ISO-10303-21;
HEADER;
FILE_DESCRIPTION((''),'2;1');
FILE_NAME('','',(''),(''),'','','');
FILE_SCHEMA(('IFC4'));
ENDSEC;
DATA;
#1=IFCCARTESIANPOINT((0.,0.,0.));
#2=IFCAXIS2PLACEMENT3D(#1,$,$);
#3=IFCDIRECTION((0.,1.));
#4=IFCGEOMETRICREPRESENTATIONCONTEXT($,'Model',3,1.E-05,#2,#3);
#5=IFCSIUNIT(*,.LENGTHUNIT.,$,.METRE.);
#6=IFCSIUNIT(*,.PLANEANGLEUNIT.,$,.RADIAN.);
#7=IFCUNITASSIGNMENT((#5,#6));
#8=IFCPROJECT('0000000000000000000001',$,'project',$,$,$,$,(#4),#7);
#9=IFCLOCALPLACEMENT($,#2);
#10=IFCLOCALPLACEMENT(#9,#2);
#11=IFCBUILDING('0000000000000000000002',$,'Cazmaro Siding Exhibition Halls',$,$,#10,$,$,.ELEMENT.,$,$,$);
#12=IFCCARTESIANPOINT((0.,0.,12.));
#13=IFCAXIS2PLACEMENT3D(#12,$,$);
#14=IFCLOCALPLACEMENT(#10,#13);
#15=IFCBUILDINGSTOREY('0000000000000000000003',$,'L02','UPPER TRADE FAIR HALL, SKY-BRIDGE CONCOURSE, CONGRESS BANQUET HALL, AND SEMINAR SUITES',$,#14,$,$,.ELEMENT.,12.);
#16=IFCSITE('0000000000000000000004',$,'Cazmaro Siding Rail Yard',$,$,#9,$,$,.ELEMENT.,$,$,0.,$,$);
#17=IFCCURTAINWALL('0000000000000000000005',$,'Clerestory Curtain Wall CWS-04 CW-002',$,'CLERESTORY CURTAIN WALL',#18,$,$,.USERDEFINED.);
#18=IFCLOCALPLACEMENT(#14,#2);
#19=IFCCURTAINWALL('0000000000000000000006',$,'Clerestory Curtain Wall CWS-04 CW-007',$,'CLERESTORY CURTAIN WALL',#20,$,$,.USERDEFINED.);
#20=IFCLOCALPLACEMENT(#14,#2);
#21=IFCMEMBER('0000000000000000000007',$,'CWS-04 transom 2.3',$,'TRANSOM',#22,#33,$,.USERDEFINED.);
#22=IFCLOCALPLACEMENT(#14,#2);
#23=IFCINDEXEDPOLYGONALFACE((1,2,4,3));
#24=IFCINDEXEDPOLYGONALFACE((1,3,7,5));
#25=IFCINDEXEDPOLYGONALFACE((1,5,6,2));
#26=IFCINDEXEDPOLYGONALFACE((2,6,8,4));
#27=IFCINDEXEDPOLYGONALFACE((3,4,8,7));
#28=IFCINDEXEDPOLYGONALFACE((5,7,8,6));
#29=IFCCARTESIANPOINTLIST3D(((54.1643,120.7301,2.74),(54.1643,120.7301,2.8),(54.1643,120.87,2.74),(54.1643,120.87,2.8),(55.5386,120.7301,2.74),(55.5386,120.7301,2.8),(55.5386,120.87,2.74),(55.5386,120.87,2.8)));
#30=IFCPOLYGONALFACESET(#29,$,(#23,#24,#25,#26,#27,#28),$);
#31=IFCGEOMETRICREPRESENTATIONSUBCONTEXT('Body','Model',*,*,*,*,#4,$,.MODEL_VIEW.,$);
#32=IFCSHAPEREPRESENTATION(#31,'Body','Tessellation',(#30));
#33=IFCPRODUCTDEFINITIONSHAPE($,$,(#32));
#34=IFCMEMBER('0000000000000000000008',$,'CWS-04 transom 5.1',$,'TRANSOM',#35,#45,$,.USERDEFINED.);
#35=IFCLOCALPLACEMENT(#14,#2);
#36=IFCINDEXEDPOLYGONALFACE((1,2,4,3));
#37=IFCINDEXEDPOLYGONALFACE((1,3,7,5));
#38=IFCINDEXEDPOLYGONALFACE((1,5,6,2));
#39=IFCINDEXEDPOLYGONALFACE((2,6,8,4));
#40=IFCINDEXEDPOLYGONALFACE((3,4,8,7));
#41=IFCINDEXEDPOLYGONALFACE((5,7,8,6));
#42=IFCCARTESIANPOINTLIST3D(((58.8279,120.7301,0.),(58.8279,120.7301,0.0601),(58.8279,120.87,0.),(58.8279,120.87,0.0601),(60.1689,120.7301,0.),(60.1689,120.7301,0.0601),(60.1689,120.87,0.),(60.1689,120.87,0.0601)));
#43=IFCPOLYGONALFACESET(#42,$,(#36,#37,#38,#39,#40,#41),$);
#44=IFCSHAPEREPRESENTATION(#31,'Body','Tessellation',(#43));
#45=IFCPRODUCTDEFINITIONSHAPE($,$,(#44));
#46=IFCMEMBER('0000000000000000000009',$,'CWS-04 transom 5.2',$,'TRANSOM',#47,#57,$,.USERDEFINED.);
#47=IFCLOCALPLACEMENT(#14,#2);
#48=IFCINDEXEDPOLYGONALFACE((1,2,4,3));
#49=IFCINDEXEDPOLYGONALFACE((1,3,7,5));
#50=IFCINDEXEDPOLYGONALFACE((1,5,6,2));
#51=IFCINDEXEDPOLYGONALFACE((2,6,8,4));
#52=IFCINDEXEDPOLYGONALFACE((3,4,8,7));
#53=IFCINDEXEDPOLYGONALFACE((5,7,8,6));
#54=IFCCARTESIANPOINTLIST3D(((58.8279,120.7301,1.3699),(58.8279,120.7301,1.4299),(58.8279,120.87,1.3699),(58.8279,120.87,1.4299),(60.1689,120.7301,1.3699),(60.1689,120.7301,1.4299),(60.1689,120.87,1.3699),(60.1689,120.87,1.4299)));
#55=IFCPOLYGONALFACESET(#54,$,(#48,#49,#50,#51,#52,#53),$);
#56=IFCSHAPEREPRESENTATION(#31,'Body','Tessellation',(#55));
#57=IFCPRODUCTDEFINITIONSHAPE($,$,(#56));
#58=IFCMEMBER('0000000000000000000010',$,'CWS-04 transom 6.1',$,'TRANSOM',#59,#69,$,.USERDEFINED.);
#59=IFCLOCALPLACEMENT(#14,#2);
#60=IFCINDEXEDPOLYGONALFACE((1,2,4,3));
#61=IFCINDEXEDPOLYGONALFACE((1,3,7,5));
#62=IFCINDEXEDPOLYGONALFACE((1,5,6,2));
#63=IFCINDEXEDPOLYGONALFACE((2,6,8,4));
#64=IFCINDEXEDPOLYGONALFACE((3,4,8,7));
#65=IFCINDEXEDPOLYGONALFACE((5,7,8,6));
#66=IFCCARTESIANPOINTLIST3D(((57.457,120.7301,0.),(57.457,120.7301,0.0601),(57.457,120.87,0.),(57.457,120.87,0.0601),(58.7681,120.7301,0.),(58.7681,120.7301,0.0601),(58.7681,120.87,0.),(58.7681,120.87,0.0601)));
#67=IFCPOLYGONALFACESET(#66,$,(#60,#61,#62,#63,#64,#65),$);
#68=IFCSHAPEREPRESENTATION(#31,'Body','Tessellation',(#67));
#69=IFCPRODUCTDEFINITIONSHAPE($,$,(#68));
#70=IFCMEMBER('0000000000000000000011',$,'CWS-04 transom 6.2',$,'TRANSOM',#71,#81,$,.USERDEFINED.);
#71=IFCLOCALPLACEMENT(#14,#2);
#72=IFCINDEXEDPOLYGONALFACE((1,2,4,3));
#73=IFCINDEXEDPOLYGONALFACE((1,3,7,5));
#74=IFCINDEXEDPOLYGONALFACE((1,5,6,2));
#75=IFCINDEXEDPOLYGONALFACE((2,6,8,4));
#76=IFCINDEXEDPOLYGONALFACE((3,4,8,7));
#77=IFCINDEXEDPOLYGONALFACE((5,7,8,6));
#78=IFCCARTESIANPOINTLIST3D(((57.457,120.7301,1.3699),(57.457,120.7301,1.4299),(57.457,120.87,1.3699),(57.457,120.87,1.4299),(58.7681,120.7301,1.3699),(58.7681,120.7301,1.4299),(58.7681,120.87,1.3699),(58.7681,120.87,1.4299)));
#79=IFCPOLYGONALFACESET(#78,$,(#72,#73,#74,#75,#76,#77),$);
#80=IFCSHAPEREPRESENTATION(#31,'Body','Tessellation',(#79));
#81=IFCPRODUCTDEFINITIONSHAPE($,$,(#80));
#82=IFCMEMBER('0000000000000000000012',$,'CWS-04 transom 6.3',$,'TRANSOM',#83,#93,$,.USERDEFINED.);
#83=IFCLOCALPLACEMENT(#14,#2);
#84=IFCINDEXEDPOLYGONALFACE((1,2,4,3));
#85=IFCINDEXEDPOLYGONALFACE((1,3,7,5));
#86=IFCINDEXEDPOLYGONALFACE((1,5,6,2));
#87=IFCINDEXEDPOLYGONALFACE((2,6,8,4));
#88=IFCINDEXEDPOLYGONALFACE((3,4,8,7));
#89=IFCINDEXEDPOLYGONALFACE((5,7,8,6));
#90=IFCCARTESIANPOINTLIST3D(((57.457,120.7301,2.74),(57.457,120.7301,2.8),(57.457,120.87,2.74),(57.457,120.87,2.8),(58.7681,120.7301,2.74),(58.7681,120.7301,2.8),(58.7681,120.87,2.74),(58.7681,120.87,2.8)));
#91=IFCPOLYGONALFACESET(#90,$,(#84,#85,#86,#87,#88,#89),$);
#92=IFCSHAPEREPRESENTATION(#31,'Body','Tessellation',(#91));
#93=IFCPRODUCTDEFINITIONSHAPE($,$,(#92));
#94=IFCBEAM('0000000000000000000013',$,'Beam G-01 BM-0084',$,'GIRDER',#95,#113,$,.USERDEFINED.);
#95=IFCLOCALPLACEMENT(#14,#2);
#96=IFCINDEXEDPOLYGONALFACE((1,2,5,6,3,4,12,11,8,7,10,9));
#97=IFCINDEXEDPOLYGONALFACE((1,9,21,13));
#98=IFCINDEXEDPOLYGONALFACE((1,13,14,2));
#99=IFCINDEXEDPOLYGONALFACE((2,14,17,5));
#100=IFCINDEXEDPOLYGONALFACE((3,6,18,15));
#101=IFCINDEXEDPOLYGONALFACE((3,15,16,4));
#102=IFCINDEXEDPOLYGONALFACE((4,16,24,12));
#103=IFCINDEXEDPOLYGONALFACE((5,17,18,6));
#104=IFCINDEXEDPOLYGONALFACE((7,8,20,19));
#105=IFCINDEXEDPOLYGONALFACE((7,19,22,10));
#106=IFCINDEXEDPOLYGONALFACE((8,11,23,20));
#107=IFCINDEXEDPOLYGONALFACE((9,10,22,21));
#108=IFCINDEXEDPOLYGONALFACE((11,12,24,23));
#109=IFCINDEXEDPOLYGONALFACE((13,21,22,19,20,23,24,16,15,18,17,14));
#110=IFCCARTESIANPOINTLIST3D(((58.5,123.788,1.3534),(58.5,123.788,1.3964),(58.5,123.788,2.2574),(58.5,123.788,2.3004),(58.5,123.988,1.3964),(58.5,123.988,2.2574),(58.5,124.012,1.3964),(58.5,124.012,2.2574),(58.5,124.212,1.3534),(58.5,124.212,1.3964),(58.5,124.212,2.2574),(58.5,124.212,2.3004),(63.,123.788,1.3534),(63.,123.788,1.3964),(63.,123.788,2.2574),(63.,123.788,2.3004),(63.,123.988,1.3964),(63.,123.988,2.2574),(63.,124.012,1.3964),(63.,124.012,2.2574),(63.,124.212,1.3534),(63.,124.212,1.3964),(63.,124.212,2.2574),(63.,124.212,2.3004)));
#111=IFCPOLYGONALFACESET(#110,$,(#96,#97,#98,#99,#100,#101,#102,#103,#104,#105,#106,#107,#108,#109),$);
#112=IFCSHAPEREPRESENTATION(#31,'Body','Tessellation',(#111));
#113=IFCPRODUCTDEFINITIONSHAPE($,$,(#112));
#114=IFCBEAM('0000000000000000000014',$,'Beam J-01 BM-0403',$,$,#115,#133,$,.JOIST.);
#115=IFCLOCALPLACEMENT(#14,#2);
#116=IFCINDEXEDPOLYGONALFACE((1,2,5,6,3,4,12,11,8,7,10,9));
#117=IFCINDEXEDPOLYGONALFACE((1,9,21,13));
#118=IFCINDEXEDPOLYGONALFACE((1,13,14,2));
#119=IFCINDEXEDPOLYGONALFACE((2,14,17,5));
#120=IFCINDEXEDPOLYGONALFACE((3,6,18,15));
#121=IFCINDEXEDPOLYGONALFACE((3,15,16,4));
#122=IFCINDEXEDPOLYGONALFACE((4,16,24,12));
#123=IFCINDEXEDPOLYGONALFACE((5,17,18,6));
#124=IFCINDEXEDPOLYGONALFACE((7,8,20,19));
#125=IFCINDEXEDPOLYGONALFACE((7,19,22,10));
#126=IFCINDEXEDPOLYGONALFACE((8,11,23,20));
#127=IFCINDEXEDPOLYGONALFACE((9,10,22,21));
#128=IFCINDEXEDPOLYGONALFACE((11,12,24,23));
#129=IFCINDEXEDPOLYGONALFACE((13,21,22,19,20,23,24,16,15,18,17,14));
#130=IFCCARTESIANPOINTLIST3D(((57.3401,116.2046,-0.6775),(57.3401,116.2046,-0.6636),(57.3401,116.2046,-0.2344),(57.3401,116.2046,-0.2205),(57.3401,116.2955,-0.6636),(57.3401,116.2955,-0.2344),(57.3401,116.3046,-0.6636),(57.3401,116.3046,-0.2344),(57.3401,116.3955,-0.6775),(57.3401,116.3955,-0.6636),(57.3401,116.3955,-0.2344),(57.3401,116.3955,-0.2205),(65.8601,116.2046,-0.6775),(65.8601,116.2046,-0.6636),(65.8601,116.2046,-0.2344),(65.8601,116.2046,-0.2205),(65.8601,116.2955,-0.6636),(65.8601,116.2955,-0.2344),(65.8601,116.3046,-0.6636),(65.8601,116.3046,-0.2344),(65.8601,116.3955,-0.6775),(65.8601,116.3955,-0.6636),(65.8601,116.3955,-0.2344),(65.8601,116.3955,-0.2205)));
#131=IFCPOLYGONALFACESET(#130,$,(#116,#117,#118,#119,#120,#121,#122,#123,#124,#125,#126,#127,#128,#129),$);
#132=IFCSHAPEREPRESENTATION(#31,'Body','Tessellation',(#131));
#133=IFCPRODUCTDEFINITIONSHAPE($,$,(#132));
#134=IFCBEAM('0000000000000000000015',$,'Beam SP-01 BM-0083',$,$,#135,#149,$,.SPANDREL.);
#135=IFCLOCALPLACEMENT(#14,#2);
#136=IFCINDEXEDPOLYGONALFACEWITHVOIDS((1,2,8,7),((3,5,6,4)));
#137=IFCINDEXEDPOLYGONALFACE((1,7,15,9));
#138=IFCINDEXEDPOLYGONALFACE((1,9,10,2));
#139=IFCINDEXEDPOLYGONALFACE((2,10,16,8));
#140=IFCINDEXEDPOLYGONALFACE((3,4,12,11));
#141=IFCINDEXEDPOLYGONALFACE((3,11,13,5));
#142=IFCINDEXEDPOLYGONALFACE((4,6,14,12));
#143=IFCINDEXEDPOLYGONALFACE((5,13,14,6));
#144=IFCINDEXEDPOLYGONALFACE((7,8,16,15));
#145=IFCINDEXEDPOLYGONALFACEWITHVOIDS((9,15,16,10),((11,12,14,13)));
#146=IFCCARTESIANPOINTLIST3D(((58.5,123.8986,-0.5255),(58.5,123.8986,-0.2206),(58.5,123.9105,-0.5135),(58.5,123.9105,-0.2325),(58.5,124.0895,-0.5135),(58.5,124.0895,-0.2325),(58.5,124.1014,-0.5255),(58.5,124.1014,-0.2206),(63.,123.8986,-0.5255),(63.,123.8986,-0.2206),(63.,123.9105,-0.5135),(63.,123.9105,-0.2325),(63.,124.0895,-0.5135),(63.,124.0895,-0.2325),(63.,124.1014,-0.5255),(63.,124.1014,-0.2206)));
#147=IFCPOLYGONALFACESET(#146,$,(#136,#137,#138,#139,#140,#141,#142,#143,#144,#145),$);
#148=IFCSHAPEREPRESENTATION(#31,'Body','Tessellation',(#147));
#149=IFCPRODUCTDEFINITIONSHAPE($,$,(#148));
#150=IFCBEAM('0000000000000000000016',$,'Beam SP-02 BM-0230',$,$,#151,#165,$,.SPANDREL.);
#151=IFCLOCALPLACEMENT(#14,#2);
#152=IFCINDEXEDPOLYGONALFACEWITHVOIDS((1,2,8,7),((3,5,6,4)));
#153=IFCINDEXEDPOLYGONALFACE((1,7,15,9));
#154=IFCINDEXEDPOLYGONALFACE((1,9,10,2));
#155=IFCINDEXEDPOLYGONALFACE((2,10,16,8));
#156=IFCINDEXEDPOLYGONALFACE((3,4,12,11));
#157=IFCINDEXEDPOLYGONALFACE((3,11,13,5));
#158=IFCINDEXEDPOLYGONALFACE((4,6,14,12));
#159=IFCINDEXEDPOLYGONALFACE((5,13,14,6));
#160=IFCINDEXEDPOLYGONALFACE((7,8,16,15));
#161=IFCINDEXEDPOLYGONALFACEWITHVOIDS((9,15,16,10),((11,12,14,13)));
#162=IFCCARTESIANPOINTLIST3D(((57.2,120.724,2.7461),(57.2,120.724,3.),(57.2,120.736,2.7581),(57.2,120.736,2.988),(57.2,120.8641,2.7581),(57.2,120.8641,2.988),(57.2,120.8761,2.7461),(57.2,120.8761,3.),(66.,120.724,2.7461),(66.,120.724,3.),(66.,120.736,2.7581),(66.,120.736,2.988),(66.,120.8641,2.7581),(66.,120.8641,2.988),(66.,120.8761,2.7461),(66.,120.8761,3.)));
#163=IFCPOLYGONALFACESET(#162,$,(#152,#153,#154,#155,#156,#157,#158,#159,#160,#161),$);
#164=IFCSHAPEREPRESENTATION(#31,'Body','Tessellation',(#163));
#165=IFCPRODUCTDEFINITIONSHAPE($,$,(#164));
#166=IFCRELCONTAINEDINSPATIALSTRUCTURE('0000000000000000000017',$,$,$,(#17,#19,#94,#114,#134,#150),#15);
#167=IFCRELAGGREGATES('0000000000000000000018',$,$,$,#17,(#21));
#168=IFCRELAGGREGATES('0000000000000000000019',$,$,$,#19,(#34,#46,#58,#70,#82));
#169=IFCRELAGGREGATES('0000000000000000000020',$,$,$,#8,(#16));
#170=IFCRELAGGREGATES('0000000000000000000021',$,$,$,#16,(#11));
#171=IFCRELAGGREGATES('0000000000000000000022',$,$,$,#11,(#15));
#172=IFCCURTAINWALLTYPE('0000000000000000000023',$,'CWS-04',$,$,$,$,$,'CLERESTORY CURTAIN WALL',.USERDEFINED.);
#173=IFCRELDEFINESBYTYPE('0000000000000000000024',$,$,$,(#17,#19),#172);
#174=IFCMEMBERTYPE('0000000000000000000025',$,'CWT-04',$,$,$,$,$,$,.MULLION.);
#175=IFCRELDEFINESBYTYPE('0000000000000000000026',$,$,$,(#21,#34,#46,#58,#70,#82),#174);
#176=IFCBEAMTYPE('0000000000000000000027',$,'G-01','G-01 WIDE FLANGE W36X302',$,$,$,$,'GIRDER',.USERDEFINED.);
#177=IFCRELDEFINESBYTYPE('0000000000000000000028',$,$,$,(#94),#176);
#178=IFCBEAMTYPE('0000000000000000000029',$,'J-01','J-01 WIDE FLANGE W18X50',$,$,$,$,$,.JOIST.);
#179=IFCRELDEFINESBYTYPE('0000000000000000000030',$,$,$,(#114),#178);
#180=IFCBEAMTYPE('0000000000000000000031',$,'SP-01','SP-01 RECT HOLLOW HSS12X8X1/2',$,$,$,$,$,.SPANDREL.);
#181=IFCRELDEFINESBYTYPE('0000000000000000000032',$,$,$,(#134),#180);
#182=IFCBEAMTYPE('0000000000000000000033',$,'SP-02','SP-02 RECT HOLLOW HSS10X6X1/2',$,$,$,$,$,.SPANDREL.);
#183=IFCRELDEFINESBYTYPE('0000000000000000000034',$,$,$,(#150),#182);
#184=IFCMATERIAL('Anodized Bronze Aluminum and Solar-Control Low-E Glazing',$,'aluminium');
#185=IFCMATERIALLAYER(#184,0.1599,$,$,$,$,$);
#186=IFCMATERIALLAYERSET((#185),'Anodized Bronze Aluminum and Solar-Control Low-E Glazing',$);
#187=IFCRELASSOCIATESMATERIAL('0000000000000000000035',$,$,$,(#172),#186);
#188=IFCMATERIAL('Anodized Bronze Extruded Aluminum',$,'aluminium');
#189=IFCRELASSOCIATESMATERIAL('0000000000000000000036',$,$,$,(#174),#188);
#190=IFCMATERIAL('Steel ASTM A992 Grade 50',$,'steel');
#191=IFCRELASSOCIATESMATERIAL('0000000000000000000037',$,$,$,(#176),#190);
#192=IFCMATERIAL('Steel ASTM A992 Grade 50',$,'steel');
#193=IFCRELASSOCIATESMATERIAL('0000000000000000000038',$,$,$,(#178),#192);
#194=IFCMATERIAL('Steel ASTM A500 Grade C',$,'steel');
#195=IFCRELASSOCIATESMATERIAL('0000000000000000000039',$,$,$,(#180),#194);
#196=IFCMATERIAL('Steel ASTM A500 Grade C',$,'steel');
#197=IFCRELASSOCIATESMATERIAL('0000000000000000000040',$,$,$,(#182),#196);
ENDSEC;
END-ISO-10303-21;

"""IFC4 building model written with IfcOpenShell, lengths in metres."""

from ifc_helpers import new_model, si_unit, direction, frame, origin, origin_2d, place, context, subcontext, project, spatial, rectangle, hollow_rectangle, i_section, extrude, material, layer, layer_set, material_profile, profile_set, type_object, element, aggregate, save


model = new_model("IFC4")

# Units and contexts
model_context = context("Model", 3, precision=1e-05, world=origin(), true_north=direction((0.0, 1.0)))
body_context = subcontext(model_context, "Body", "Model", "MODEL_VIEW")
ifc_project = project(units=[si_unit("LENGTHUNIT", "METRE"), si_unit("PLANEANGLEUNIT", "RADIAN")], contexts=[model_context])

# Site, building, storey
site_placement = place(None, origin())
site = spatial("IfcSite", under=ifc_project, at=site_placement, Name="Cazmaro Siding Rail Yard", CompositionType="ELEMENT", RefElevation=0.0)
building_placement = place(site_placement, origin())
building = spatial("IfcBuilding", under=site, at=building_placement, Name="Cazmaro Siding Exhibition Halls", CompositionType="ELEMENT")
storey_placement = place(building_placement, frame((0.0, 0.0, 12.0)))
storey = spatial("IfcBuildingStorey", under=building, at=storey_placement, Name="L02", Description="UPPER TRADE FAIR HALL, SKY-BRIDGE CONCOURSE, CONGRESS BANQUET HALL, AND SEMINAR SUITES", CompositionType="ELEMENT", Elevation=12.0)

# Curtain walls
ifc_material_1 = material(Name="Anodized Bronze Aluminum and Solar-Control Low-E Glazing", Category="aluminium")
ifc_layer_1 = layer(ifc_material_1, 0.1599)
ifc_layer_set_1 = layer_set([ifc_layer_1], Name="Anodized Bronze Aluminum and Solar-Control Low-E Glazing")
curtain_wall_type = type_object("IfcCurtainWallType", Name="CWS-04", ElementType="CLERESTORY CURTAIN WALL", PredefinedType="USERDEFINED", material=ifc_layer_set_1)
curtain_wall_1_placement = place(storey_placement, origin())
curtain_wall_1 = element("IfcCurtainWall", 1, at=curtain_wall_1_placement, inside=storey, type_object=curtain_wall_type, Name="Clerestory Curtain Wall CWS-04 CW-002", ObjectType="CLERESTORY CURTAIN WALL", PredefinedType="USERDEFINED")
curtain_wall_2_placement = place(storey_placement, origin())
curtain_wall_2 = element("IfcCurtainWall", 2, at=curtain_wall_2_placement, inside=storey, type_object=curtain_wall_type, Name="Clerestory Curtain Wall CWS-04 CW-007", ObjectType="CLERESTORY CURTAIN WALL", PredefinedType="USERDEFINED")

# Members
ifc_material_2 = material(Name="Anodized Bronze Extruded Aluminum", Category="aluminium")
ifc_material_profile_1 = material_profile(ifc_material_2, rectangle(XDim=0.1399, YDim=0.0601, at=origin_2d()), Name="CWT-04")
ifc_profile_set_1 = profile_set([ifc_material_profile_1], Name="Anodized Bronze Extruded Aluminum")
member_type_1 = type_object("IfcMemberType", Name="CWT-04", PredefinedType="MULLION", material=ifc_profile_set_1)
member_1_placement = place(storey_placement, frame((55.5386, 120.8, 2.77), z_axis=(-1.0, 0.0, 0.0), x_axis=(0.0, -1.0, 0.0)))
member_1 = element("IfcMember", 3, at=member_1_placement, type_object=member_type_1, Name="CWS-04 transom 2.3", ObjectType="TRANSOM", PredefinedType="USERDEFINED", context=body_context, shape_type="SweptSolid", body=[
    extrude(rectangle(XDim=0.1399, YDim=0.0601, at=origin_2d()), origin(), (0.0, 0.0, 1.0), 1.3743),
])
member_2_placement = place(storey_placement, frame((60.1689, 120.8, 0.03), z_axis=(-1.0, 0.0, 0.0), x_axis=(0.0, -1.0, 0.0)))
member_2 = element("IfcMember", 4, at=member_2_placement, type_object=member_type_1, Name="CWS-04 transom 5.1", ObjectType="TRANSOM", PredefinedType="USERDEFINED", context=body_context, shape_type="SweptSolid", body=[
    extrude(rectangle(XDim=0.1399, YDim=0.0601, at=origin_2d()), origin(), (0.0, 0.0, 1.0), 1.3411),
])
member_3_placement = place(storey_placement, frame((60.1689, 120.8, 1.3999), z_axis=(-1.0, 0.0, 0.0), x_axis=(0.0, -1.0, 0.0)))
member_3 = element("IfcMember", 5, at=member_3_placement, type_object=member_type_1, Name="CWS-04 transom 5.2", ObjectType="TRANSOM", PredefinedType="USERDEFINED", context=body_context, shape_type="SweptSolid", body=[
    extrude(rectangle(XDim=0.1399, YDim=0.0601, at=origin_2d()), origin(), (0.0, 0.0, 1.0), 1.3411),
])
member_4_placement = place(storey_placement, frame((58.7681, 120.8, 0.03), z_axis=(-1.0, 0.0, 0.0), x_axis=(0.0, -1.0, 0.0)))
member_4 = element("IfcMember", 6, at=member_4_placement, type_object=member_type_1, Name="CWS-04 transom 6.1", ObjectType="TRANSOM", PredefinedType="USERDEFINED", context=body_context, shape_type="SweptSolid", body=[
    extrude(rectangle(XDim=0.1399, YDim=0.0601, at=origin_2d()), origin(), (0.0, 0.0, 1.0), 1.311),
])
member_5_placement = place(storey_placement, frame((58.7681, 120.8, 1.3999), z_axis=(-1.0, 0.0, 0.0), x_axis=(0.0, -1.0, 0.0)))
member_5 = element("IfcMember", 7, at=member_5_placement, type_object=member_type_1, Name="CWS-04 transom 6.2", ObjectType="TRANSOM", PredefinedType="USERDEFINED", context=body_context, shape_type="SweptSolid", body=[
    extrude(rectangle(XDim=0.1399, YDim=0.0601, at=origin_2d()), origin(), (0.0, 0.0, 1.0), 1.311),
])
member_6_placement = place(storey_placement, frame((58.7681, 120.8, 2.77), z_axis=(-1.0, 0.0, 0.0), x_axis=(0.0, -1.0, 0.0)))
member_6 = element("IfcMember", 8, at=member_6_placement, type_object=member_type_1, Name="CWS-04 transom 6.3", ObjectType="TRANSOM", PredefinedType="USERDEFINED", context=body_context, shape_type="SweptSolid", body=[
    extrude(rectangle(XDim=0.1399, YDim=0.0601, at=origin_2d()), origin(), (0.0, 0.0, 1.0), 1.311),
])

# Beams
ifc_material_3 = material(Name="Steel ASTM A992 Grade 50", Category="steel")
ifc_material_profile_2 = material_profile(ifc_material_3, i_section(OverallWidth=0.4241, OverallDepth=0.947, WebThickness=0.0239, FlangeThickness=0.043, at=origin_2d()), Name="W36X302")
ifc_profile_set_2 = profile_set([ifc_material_profile_2], Name="Steel ASTM A992 Grade 50")
beam_type_1 = type_object("IfcBeamType", Name="G-01", Description="G-01 WIDE FLANGE W36X302", ElementType="GIRDER", PredefinedType="USERDEFINED", material=ifc_profile_set_2)
beam_1_placement = place(storey_placement, frame((58.5, 124.0, 1.8269), z_axis=(1.0, 0.0, 0.0), x_axis=(0.0, 1.0, 0.0)))
element("IfcBeam", 9, at=beam_1_placement, inside=storey, type_object=beam_type_1, Name="Beam G-01 BM-0084", ObjectType="GIRDER", PredefinedType="USERDEFINED", context=body_context, shape_type="SweptSolid", body=[
    extrude(i_section(OverallWidth=0.4241, OverallDepth=0.947, WebThickness=0.0239, FlangeThickness=0.043, at=origin_2d()), origin(), (0.0, 0.0, 1.0), 4.5),
])
ifc_material_4 = material(Name="Steel ASTM A992 Grade 50", Category="steel")
ifc_material_profile_3 = material_profile(ifc_material_4, i_section(OverallWidth=0.1909, OverallDepth=0.457, WebThickness=0.009, FlangeThickness=0.0139, at=origin_2d()), Name="W18X50")
ifc_profile_set_3 = profile_set([ifc_material_profile_3], Name="Steel ASTM A992 Grade 50")
beam_type_2 = type_object("IfcBeamType", Name="J-01", Description="J-01 WIDE FLANGE W18X50", PredefinedType="JOIST", material=ifc_profile_set_3)
beam_2_placement = place(storey_placement, frame((57.3401, 116.3, -0.449), z_axis=(1.0, 0.0, 0.0), x_axis=(0.0, 1.0, 0.0)))
element("IfcBeam", 10, at=beam_2_placement, inside=storey, type_object=beam_type_2, Name="Beam J-01 BM-0403", PredefinedType="JOIST", context=body_context, shape_type="SweptSolid", body=[
    extrude(i_section(OverallWidth=0.1909, OverallDepth=0.457, WebThickness=0.009, FlangeThickness=0.0139, at=origin_2d()), origin(), (0.0, 0.0, 1.0), 8.52),
])
ifc_material_5 = material(Name="Steel ASTM A500 Grade C", Category="steel")
ifc_material_profile_4 = material_profile(ifc_material_5, hollow_rectangle(XDim=0.2029, YDim=0.3049, WallThickness=0.012, at=origin_2d()), Name="HSS12X8X1/2")
ifc_profile_set_4 = profile_set([ifc_material_profile_4], Name="Steel ASTM A500 Grade C")
beam_type_3 = type_object("IfcBeamType", Name="SP-01", Description="SP-01 RECT HOLLOW HSS12X8X1/2", PredefinedType="SPANDREL", material=ifc_profile_set_4)
beam_3_placement = place(storey_placement, frame((58.5, 124.0, -0.373), z_axis=(1.0, 0.0, 0.0), x_axis=(0.0, 1.0, 0.0)))
element("IfcBeam", 11, at=beam_3_placement, inside=storey, type_object=beam_type_3, Name="Beam SP-01 BM-0083", PredefinedType="SPANDREL", context=body_context, shape_type="SweptSolid", body=[
    extrude(hollow_rectangle(XDim=0.2029, YDim=0.3049, WallThickness=0.012, at=origin_2d()), origin(), (0.0, 0.0, 1.0), 4.5),
])
ifc_material_6 = material(Name="Steel ASTM A500 Grade C", Category="steel")
ifc_material_profile_5 = material_profile(ifc_material_6, hollow_rectangle(XDim=0.1521, YDim=0.2539, WallThickness=0.012, at=origin_2d()), Name="HSS10X6X1/2")
ifc_profile_set_5 = profile_set([ifc_material_profile_5], Name="Steel ASTM A500 Grade C")
beam_type_4 = type_object("IfcBeamType", Name="SP-02", Description="SP-02 RECT HOLLOW HSS10X6X1/2", PredefinedType="SPANDREL", material=ifc_profile_set_5)
beam_4_placement = place(storey_placement, frame((57.2, 120.8, 2.873), z_axis=(1.0, 0.0, 0.0), x_axis=(0.0, 1.0, 0.0)))
element("IfcBeam", 12, at=beam_4_placement, inside=storey, type_object=beam_type_4, Name="Beam SP-02 BM-0230", PredefinedType="SPANDREL", context=body_context, shape_type="SweptSolid", body=[
    extrude(hollow_rectangle(XDim=0.1521, YDim=0.2539, WallThickness=0.012, at=origin_2d()), origin(), (0.0, 0.0, 1.0), 8.8),
])

aggregate(curtain_wall_1, [member_1])
aggregate(curtain_wall_2, [member_2, member_3, member_4, member_5, member_6])

save(model, "model.ifc")
